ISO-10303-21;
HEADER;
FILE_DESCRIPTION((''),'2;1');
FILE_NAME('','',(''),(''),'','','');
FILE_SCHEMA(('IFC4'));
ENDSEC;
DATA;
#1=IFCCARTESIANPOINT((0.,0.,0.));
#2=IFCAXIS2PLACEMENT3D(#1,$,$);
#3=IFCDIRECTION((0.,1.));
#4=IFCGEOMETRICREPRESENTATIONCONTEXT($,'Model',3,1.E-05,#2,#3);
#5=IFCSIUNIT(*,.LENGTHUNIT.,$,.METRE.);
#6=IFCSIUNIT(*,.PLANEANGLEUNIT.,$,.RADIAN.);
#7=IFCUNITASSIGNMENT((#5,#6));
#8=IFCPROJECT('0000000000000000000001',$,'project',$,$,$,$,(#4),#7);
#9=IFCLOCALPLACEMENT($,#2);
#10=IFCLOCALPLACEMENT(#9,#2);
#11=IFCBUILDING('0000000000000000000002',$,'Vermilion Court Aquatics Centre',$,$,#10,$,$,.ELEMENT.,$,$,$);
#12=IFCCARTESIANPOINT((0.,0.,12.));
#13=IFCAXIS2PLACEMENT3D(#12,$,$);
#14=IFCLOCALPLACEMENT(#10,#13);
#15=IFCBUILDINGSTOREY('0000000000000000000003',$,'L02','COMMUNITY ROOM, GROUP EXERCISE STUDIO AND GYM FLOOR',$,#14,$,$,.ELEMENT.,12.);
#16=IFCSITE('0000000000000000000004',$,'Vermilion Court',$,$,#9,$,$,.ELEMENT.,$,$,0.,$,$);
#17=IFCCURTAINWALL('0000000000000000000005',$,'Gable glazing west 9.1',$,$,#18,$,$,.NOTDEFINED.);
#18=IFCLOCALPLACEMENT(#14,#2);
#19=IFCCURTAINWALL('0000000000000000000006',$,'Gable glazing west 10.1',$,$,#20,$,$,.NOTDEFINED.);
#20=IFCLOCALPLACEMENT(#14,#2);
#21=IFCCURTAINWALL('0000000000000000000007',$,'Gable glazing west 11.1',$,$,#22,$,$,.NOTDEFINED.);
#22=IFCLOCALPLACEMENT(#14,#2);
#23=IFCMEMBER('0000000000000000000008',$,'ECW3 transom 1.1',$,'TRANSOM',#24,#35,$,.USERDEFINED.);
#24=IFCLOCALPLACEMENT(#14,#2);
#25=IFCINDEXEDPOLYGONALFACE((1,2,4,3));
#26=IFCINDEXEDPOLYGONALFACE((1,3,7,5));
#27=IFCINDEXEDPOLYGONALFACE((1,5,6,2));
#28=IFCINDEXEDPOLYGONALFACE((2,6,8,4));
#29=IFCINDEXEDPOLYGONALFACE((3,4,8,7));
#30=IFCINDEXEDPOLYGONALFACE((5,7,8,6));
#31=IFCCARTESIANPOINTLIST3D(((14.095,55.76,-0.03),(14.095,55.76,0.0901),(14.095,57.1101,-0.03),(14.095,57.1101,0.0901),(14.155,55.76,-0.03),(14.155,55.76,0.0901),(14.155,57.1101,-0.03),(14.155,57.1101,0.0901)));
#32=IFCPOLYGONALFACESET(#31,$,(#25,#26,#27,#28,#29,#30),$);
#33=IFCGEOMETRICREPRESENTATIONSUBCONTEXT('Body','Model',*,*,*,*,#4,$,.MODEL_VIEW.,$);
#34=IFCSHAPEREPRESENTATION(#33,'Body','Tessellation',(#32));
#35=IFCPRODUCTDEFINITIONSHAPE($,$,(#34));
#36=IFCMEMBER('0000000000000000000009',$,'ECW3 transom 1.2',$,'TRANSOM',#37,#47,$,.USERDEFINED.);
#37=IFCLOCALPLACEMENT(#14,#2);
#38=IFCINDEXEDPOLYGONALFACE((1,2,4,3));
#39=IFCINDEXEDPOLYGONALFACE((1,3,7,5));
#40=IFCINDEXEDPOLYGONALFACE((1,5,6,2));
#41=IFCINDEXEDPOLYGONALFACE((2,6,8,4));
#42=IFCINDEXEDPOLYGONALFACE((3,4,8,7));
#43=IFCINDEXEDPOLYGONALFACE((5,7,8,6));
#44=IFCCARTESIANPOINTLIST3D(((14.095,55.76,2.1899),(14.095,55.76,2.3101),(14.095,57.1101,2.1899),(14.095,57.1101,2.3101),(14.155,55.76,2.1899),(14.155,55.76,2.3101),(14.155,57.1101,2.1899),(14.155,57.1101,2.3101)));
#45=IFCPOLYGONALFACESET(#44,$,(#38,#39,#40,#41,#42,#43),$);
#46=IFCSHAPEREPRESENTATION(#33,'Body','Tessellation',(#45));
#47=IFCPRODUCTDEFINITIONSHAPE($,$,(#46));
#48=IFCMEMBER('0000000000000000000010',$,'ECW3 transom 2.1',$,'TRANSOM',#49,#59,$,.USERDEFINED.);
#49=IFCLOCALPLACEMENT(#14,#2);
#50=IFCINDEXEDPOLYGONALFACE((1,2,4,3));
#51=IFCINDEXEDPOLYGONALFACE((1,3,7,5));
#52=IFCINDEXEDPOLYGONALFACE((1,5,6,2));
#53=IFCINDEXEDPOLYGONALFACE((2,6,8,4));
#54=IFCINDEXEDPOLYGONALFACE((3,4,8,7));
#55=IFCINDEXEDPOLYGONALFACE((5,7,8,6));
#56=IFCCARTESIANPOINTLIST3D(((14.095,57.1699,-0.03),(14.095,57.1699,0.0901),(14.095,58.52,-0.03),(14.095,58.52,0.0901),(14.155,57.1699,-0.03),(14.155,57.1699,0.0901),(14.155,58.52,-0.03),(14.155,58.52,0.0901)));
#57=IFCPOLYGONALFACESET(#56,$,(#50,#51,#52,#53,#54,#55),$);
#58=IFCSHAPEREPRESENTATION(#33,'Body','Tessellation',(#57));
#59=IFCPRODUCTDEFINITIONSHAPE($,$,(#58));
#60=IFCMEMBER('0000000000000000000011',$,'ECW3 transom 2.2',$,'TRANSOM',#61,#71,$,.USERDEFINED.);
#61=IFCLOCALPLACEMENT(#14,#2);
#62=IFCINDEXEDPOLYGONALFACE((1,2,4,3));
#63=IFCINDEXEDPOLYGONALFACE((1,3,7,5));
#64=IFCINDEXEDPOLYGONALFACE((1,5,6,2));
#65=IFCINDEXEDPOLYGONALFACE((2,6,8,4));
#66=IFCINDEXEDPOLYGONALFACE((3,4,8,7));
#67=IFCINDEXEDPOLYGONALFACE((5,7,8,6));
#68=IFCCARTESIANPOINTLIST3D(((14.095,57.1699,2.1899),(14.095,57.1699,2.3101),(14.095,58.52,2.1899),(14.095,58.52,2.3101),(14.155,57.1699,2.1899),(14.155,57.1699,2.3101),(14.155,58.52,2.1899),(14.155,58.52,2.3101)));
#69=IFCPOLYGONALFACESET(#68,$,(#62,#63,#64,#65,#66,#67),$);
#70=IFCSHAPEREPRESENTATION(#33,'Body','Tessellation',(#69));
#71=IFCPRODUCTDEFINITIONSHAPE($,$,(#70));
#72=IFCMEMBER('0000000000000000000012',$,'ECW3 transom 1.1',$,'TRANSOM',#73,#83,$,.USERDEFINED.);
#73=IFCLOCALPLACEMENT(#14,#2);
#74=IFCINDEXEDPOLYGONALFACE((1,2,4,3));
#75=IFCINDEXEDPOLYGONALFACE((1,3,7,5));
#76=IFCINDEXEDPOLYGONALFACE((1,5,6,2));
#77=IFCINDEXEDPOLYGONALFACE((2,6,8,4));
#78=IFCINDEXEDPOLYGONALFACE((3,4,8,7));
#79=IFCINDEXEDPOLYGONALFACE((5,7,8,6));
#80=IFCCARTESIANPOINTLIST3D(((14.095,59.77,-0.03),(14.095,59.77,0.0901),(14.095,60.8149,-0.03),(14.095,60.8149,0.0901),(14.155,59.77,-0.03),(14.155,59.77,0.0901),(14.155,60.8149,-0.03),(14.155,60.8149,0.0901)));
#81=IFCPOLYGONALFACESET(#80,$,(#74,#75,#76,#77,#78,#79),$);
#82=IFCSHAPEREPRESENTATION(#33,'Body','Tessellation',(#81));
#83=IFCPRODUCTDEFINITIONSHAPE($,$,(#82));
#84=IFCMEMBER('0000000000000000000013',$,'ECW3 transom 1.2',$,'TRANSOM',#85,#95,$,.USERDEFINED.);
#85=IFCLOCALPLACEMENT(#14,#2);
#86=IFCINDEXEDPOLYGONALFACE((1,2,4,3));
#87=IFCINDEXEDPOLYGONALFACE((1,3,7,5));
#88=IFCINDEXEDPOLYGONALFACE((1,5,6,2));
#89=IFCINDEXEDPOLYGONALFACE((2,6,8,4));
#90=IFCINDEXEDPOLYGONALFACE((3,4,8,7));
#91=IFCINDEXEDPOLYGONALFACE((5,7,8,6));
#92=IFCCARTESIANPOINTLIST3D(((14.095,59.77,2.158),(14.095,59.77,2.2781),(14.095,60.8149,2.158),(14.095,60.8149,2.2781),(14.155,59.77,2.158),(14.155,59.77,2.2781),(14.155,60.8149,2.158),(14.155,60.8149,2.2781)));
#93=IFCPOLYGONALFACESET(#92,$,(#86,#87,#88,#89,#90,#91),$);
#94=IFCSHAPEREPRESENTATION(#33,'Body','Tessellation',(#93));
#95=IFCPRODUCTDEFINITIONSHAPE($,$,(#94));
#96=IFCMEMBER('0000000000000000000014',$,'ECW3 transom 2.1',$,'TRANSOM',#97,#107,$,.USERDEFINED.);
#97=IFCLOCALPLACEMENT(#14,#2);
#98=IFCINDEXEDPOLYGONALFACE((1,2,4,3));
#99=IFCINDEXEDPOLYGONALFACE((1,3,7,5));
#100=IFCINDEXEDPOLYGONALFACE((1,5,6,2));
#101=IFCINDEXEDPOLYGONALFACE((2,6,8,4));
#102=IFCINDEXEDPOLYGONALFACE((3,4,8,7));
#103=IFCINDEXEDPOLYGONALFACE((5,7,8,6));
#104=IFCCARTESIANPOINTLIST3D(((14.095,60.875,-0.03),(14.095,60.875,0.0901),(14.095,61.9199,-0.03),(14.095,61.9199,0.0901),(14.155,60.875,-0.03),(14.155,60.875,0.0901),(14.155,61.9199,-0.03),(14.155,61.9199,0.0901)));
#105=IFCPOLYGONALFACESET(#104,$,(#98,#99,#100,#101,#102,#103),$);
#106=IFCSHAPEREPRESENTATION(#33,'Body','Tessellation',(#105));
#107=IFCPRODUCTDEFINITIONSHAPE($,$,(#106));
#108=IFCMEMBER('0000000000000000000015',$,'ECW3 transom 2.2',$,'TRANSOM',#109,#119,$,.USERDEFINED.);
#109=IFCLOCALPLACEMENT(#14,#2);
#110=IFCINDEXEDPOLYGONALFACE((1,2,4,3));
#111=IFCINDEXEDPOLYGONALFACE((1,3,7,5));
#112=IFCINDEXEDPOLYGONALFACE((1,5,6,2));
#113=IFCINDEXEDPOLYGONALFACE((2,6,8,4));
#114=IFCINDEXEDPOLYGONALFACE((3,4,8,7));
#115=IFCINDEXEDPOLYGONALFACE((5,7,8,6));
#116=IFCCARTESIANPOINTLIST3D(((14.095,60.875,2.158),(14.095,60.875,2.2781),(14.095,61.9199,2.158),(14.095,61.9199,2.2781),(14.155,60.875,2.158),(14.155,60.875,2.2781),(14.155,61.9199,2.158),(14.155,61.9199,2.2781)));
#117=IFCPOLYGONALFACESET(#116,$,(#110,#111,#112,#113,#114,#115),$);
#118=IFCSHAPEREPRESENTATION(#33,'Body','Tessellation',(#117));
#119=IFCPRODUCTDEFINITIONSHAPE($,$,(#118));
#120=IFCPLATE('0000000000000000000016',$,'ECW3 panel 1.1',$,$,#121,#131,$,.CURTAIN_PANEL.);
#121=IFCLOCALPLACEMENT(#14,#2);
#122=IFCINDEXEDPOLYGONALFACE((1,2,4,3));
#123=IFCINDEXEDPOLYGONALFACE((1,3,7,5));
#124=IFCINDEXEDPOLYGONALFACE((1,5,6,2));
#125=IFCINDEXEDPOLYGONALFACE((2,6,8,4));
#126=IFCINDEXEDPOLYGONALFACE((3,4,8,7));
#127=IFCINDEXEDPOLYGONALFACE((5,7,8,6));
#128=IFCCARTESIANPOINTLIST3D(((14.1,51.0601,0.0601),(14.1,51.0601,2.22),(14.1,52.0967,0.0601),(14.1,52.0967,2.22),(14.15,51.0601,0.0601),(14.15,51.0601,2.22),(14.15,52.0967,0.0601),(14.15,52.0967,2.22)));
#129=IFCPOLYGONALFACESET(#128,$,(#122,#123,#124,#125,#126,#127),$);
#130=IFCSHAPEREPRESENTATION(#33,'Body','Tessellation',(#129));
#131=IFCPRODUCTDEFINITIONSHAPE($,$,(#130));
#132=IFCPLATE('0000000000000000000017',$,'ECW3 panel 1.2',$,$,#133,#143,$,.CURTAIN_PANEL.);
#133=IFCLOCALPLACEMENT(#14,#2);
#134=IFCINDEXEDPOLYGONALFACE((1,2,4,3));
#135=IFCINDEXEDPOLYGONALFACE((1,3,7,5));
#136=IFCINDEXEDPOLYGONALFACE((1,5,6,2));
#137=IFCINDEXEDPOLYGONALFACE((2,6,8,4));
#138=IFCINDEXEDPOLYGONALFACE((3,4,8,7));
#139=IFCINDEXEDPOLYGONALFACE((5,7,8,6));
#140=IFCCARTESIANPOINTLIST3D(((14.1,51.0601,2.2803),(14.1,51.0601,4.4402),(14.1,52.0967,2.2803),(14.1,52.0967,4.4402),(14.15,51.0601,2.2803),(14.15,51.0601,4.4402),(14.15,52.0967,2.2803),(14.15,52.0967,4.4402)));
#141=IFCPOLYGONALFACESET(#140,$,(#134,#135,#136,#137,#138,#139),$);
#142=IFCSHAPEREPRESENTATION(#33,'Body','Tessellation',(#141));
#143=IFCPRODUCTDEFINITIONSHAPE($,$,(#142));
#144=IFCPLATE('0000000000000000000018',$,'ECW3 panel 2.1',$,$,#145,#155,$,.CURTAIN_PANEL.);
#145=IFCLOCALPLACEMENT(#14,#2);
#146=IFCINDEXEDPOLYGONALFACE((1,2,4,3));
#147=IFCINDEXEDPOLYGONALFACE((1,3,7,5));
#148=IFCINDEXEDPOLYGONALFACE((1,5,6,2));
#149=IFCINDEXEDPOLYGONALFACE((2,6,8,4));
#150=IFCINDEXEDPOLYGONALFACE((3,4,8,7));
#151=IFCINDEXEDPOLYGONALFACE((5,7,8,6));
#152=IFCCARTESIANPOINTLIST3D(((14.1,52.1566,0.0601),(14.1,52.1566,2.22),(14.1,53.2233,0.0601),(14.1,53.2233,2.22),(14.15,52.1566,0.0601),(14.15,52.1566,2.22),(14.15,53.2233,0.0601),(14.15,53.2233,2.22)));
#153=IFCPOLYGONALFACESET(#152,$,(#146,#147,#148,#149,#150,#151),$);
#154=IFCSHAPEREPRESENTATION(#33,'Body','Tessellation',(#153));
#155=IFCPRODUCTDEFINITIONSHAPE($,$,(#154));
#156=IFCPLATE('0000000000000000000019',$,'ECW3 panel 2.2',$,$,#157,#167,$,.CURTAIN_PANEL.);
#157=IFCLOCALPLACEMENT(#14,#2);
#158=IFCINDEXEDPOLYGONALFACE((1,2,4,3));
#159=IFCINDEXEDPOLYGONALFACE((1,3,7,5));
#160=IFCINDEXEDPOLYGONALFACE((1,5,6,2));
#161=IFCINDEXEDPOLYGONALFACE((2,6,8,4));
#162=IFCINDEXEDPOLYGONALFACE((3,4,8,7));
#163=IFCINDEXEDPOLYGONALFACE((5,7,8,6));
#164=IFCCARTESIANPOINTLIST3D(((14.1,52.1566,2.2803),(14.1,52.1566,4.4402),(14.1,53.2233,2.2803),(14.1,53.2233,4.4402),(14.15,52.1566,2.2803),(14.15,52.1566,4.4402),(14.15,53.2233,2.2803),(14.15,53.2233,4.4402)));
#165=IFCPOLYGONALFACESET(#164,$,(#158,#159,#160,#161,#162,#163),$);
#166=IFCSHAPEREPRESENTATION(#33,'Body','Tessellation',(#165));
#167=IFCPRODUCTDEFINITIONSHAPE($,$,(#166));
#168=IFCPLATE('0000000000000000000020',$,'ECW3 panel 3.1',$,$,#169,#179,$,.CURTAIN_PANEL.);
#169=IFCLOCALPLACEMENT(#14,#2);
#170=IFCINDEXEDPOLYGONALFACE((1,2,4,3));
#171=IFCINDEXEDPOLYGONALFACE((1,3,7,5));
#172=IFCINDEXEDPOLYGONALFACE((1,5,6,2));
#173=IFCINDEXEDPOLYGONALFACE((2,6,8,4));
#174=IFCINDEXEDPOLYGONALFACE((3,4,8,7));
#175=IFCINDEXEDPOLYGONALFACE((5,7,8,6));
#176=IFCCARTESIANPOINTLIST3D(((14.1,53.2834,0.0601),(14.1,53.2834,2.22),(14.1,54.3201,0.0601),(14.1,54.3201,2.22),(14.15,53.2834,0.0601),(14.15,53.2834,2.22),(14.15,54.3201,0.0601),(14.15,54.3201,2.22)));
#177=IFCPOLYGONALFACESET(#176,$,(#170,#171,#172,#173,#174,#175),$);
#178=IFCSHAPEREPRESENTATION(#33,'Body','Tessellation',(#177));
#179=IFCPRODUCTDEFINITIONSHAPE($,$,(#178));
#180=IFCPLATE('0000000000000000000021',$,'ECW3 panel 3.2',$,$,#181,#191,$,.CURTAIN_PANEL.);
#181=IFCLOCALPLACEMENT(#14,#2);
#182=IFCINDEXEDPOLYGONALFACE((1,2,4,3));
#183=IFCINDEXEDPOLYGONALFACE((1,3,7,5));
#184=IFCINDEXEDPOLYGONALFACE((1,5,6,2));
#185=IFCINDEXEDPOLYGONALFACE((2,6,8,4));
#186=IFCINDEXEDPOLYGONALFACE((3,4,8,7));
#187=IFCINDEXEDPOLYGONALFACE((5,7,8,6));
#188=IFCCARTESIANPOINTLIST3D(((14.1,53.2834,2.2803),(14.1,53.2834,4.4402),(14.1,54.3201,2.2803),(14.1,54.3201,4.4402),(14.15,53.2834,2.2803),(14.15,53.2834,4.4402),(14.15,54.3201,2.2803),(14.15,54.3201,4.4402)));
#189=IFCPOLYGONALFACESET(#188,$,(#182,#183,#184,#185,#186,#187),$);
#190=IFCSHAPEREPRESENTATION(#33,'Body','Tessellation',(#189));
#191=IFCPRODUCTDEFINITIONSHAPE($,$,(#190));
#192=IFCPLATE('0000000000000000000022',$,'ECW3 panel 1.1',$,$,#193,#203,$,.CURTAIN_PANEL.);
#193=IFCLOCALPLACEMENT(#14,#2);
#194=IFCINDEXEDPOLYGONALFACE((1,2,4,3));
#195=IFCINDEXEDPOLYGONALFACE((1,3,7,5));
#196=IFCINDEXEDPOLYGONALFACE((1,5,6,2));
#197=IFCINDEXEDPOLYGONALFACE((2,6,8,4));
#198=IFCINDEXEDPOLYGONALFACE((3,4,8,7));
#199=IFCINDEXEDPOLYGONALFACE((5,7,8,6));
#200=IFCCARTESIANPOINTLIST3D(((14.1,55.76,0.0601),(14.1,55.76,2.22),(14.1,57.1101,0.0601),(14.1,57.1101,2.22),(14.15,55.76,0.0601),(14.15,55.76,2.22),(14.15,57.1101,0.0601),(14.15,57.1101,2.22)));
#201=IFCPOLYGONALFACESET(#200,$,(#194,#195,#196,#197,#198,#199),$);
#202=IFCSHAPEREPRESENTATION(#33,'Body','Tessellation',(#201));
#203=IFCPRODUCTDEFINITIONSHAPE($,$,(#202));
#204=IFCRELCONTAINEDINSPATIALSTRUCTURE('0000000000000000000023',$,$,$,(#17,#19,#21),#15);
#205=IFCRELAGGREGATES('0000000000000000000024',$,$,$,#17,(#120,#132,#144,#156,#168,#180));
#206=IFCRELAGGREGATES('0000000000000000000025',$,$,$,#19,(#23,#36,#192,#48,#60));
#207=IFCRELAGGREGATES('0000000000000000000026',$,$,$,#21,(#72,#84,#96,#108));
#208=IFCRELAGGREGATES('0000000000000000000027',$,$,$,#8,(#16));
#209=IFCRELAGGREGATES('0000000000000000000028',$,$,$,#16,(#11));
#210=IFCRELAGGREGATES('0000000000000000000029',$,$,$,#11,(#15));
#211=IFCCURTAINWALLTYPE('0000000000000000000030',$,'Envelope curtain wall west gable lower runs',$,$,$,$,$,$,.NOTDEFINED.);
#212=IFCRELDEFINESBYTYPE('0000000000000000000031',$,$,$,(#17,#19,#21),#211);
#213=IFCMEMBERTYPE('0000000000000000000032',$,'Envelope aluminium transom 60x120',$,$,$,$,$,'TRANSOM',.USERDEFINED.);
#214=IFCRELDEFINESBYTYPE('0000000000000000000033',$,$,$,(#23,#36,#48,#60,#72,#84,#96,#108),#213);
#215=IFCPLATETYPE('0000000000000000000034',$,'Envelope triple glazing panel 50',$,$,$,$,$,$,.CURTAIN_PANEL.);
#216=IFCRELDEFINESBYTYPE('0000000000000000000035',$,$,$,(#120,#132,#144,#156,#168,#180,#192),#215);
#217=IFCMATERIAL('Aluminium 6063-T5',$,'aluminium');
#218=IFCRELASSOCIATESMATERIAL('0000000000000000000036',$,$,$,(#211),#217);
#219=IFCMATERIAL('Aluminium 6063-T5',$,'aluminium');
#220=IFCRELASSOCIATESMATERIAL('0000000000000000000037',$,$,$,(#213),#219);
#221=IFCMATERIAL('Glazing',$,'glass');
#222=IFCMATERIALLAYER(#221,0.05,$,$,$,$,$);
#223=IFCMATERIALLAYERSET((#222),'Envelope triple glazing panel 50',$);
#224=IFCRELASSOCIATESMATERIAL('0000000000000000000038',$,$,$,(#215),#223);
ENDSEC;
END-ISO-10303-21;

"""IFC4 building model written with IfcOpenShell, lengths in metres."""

from ifc_helpers import new_model, si_unit, direction, frame, origin, origin_2d, place, context, subcontext, project, spatial, rectangle, extrude, material, layer, layer_set, material_profile, profile_set, type_object, element, aggregate, save


model = new_model("IFC4")

# Units and contexts
model_context = context("Model", 3, precision=1e-05, world=origin(), true_north=direction((0.0, 1.0)))
body_context = subcontext(model_context, "Body", "Model", "MODEL_VIEW")
ifc_project = project(units=[si_unit("LENGTHUNIT", "METRE"), si_unit("PLANEANGLEUNIT", "RADIAN")], contexts=[model_context])

# Site, building, storey
site_placement = place(None, origin())
site = spatial("IfcSite", under=ifc_project, at=site_placement, Name="Vermilion Court", CompositionType="ELEMENT", RefElevation=0.0)
building_placement = place(site_placement, origin())
building = spatial("IfcBuilding", under=site, at=building_placement, Name="Vermilion Court Aquatics Centre", CompositionType="ELEMENT")
storey_placement = place(building_placement, frame((0.0, 0.0, 12.0)))
storey = spatial("IfcBuildingStorey", under=building, at=storey_placement, Name="L02", Description="COMMUNITY ROOM, GROUP EXERCISE STUDIO AND GYM FLOOR", CompositionType="ELEMENT", Elevation=12.0)

# Curtain walls
ifc_material_1 = material(Name="Aluminium 6063-T5", Category="aluminium")
curtain_wall_type = type_object("IfcCurtainWallType", Name="Envelope curtain wall west gable lower runs", PredefinedType="NOTDEFINED", material=ifc_material_1)
curtain_wall_1_placement = place(storey_placement, origin())
curtain_wall_1 = element("IfcCurtainWall", 1, at=curtain_wall_1_placement, inside=storey, type_object=curtain_wall_type, Name="Gable glazing west 9.1", PredefinedType="NOTDEFINED")
curtain_wall_2_placement = place(storey_placement, origin())
curtain_wall_2 = element("IfcCurtainWall", 2, at=curtain_wall_2_placement, inside=storey, type_object=curtain_wall_type, Name="Gable glazing west 10.1", PredefinedType="NOTDEFINED")
curtain_wall_3_placement = place(storey_placement, origin())
curtain_wall_3 = element("IfcCurtainWall", 3, at=curtain_wall_3_placement, inside=storey, type_object=curtain_wall_type, Name="Gable glazing west 11.1", PredefinedType="NOTDEFINED")

# Members
ifc_material_2 = material(Name="Aluminium 6063-T5", Category="aluminium")
ifc_material_profile_1 = material_profile(ifc_material_2, rectangle(XDim=0.0601, YDim=0.1201, at=origin_2d()), Name="AL 60x120")
ifc_profile_set_1 = profile_set([ifc_material_profile_1], Name="Aluminium 6063-T5")
member_type_1 = type_object("IfcMemberType", Name="Envelope aluminium transom 60x120", ElementType="TRANSOM", PredefinedType="USERDEFINED", material=ifc_profile_set_1)
member_1_placement = place(storey_placement, frame((14.125, 55.76, 0.03), z_axis=(0.0, 1.0, 0.0), x_axis=(-1.0, 0.0, 0.0)))
member_1 = element("IfcMember", 4, at=member_1_placement, type_object=member_type_1, Name="ECW3 transom 1.1", ObjectType="TRANSOM", PredefinedType="USERDEFINED", context=body_context, shape_type="SweptSolid", body=[
    extrude(rectangle(XDim=0.0601, YDim=0.1201, at=origin_2d()), origin(), (0.0, 0.0, 1.0), 1.3501),
])
member_2_placement = place(storey_placement, frame((14.125, 55.76, 2.25), z_axis=(0.0, 1.0, 0.0), x_axis=(-1.0, 0.0, 0.0)))
member_2 = element("IfcMember", 5, at=member_2_placement, type_object=member_type_1, Name="ECW3 transom 1.2", ObjectType="TRANSOM", PredefinedType="USERDEFINED", context=body_context, shape_type="SweptSolid", body=[
    extrude(rectangle(XDim=0.0601, YDim=0.1201, at=origin_2d()), origin(), (0.0, 0.0, 1.0), 1.3501),
])
member_3_placement = place(storey_placement, frame((14.125, 57.1699, 0.03), z_axis=(0.0, 1.0, 0.0), x_axis=(-1.0, 0.0, 0.0)))
member_3 = element("IfcMember", 6, at=member_3_placement, type_object=member_type_1, Name="ECW3 transom 2.1", ObjectType="TRANSOM", PredefinedType="USERDEFINED", context=body_context, shape_type="SweptSolid", body=[
    extrude(rectangle(XDim=0.0601, YDim=0.1201, at=origin_2d()), origin(), (0.0, 0.0, 1.0), 1.3501),
])
member_4_placement = place(storey_placement, frame((14.125, 57.1699, 2.25), z_axis=(0.0, 1.0, 0.0), x_axis=(-1.0, 0.0, 0.0)))
member_4 = element("IfcMember", 7, at=member_4_placement, type_object=member_type_1, Name="ECW3 transom 2.2", ObjectType="TRANSOM", PredefinedType="USERDEFINED", context=body_context, shape_type="SweptSolid", body=[
    extrude(rectangle(XDim=0.0601, YDim=0.1201, at=origin_2d()), origin(), (0.0, 0.0, 1.0), 1.3501),
])
member_5_placement = place(storey_placement, frame((14.125, 59.77, 0.03), z_axis=(0.0, 1.0, 0.0), x_axis=(-1.0, 0.0, 0.0)))
member_5 = element("IfcMember", 8, at=member_5_placement, type_object=member_type_1, Name="ECW3 transom 1.1", ObjectType="TRANSOM", PredefinedType="USERDEFINED", context=body_context, shape_type="SweptSolid", body=[
    extrude(rectangle(XDim=0.0601, YDim=0.1201, at=origin_2d()), origin(), (0.0, 0.0, 1.0), 1.0449),
])
member_6_placement = place(storey_placement, frame((14.125, 59.77, 2.218), z_axis=(0.0, 1.0, 0.0), x_axis=(-1.0, 0.0, 0.0)))
member_6 = element("IfcMember", 9, at=member_6_placement, type_object=member_type_1, Name="ECW3 transom 1.2", ObjectType="TRANSOM", PredefinedType="USERDEFINED", context=body_context, shape_type="SweptSolid", body=[
    extrude(rectangle(XDim=0.0601, YDim=0.1201, at=origin_2d()), origin(), (0.0, 0.0, 1.0), 1.0449),
])
member_7_placement = place(storey_placement, frame((14.125, 60.875, 0.03), z_axis=(0.0, 1.0, 0.0), x_axis=(-1.0, 0.0, 0.0)))
member_7 = element("IfcMember", 10, at=member_7_placement, type_object=member_type_1, Name="ECW3 transom 2.1", ObjectType="TRANSOM", PredefinedType="USERDEFINED", context=body_context, shape_type="SweptSolid", body=[
    extrude(rectangle(XDim=0.0601, YDim=0.1201, at=origin_2d()), origin(), (0.0, 0.0, 1.0), 1.0449),
])
member_8_placement = place(storey_placement, frame((14.125, 60.875, 2.218), z_axis=(0.0, 1.0, 0.0), x_axis=(-1.0, 0.0, 0.0)))
member_8 = element("IfcMember", 11, at=member_8_placement, type_object=member_type_1, Name="ECW3 transom 2.2", ObjectType="TRANSOM", PredefinedType="USERDEFINED", context=body_context, shape_type="SweptSolid", body=[
    extrude(rectangle(XDim=0.0601, YDim=0.1201, at=origin_2d()), origin(), (0.0, 0.0, 1.0), 1.0449),
])

# Plates
ifc_material_3 = material(Name="Glazing", Category="glass")
ifc_layer_1 = layer(ifc_material_3, 0.05)
ifc_layer_set_1 = layer_set([ifc_layer_1], Name="Envelope triple glazing panel 50")
plate_type = type_object("IfcPlateType", Name="Envelope triple glazing panel 50", PredefinedType="CURTAIN_PANEL", material=ifc_layer_set_1)
plate_1_placement = place(storey_placement, frame((14.125, 51.5784, 0.0601), z_axis=(0.0, 0.0, 1.0), x_axis=(0.0, 1.0, 0.0)))
plate_1 = element("IfcPlate", 12, at=plate_1_placement, type_object=plate_type, Name="ECW3 panel 1.1", PredefinedType="CURTAIN_PANEL", context=body_context, shape_type="SweptSolid", body=[
    extrude(rectangle(XDim=1.0366, YDim=0.05, at=origin_2d()), origin(), (0.0, 0.0, 1.0), 2.1599),
])
plate_2_placement = place(storey_placement, frame((14.125, 51.5784, 2.2803), z_axis=(0.0, 0.0, 1.0), x_axis=(0.0, 1.0, 0.0)))
plate_2 = element("IfcPlate", 13, at=plate_2_placement, type_object=plate_type, Name="ECW3 panel 1.2", PredefinedType="CURTAIN_PANEL", context=body_context, shape_type="SweptSolid", body=[
    extrude(rectangle(XDim=1.0366, YDim=0.05, at=origin_2d()), origin(), (0.0, 0.0, 1.0), 2.1599),
])
plate_3_placement = place(storey_placement, frame((14.125, 52.6899, 0.0601), z_axis=(0.0, 0.0, 1.0), x_axis=(0.0, 1.0, 0.0)))
plate_3 = element("IfcPlate", 14, at=plate_3_placement, type_object=plate_type, Name="ECW3 panel 2.1", PredefinedType="CURTAIN_PANEL", context=body_context, shape_type="SweptSolid", body=[
    extrude(rectangle(XDim=1.0667, YDim=0.05, at=origin_2d()), origin(), (0.0, 0.0, 1.0), 2.1599),
])
plate_4_placement = place(storey_placement, frame((14.125, 52.6899, 2.2803), z_axis=(0.0, 0.0, 1.0), x_axis=(0.0, 1.0, 0.0)))
plate_4 = element("IfcPlate", 15, at=plate_4_placement, type_object=plate_type, Name="ECW3 panel 2.2", PredefinedType="CURTAIN_PANEL", context=body_context, shape_type="SweptSolid", body=[
    extrude(rectangle(XDim=1.0667, YDim=0.05, at=origin_2d()), origin(), (0.0, 0.0, 1.0), 2.1599),
])
plate_5_placement = place(storey_placement, frame((14.125, 53.8018, 0.0601), z_axis=(0.0, 0.0, 1.0), x_axis=(0.0, 1.0, 0.0)))
plate_5 = element("IfcPlate", 16, at=plate_5_placement, type_object=plate_type, Name="ECW3 panel 3.1", PredefinedType="CURTAIN_PANEL", context=body_context, shape_type="SweptSolid", body=[
    extrude(rectangle(XDim=1.0366, YDim=0.05, at=origin_2d()), origin(), (0.0, 0.0, 1.0), 2.1599),
])
plate_6_placement = place(storey_placement, frame((14.125, 53.8018, 2.2803), z_axis=(0.0, 0.0, 1.0), x_axis=(0.0, 1.0, 0.0)))
plate_6 = element("IfcPlate", 17, at=plate_6_placement, type_object=plate_type, Name="ECW3 panel 3.2", PredefinedType="CURTAIN_PANEL", context=body_context, shape_type="SweptSolid", body=[
    extrude(rectangle(XDim=1.0366, YDim=0.05, at=origin_2d()), origin(), (0.0, 0.0, 1.0), 2.1599),
])
aggregate(curtain_wall_1, [plate_1, plate_2, plate_3, plate_4, plate_5, plate_6])
plate_7_placement = place(storey_placement, frame((14.125, 56.4351, 0.0601), z_axis=(0.0, 0.0, 1.0), x_axis=(0.0, 1.0, 0.0)))
plate_7 = element("IfcPlate", 18, at=plate_7_placement, type_object=plate_type, Name="ECW3 panel 1.1", PredefinedType="CURTAIN_PANEL", context=body_context, shape_type="SweptSolid", body=[
    extrude(rectangle(XDim=1.3501, YDim=0.05, at=origin_2d()), origin(), (0.0, 0.0, 1.0), 2.1599),
])
aggregate(curtain_wall_2, [member_1, member_2, plate_7, member_3, member_4])
aggregate(curtain_wall_3, [member_5, member_6, member_7, member_8])

save(model, "model.ifc")
